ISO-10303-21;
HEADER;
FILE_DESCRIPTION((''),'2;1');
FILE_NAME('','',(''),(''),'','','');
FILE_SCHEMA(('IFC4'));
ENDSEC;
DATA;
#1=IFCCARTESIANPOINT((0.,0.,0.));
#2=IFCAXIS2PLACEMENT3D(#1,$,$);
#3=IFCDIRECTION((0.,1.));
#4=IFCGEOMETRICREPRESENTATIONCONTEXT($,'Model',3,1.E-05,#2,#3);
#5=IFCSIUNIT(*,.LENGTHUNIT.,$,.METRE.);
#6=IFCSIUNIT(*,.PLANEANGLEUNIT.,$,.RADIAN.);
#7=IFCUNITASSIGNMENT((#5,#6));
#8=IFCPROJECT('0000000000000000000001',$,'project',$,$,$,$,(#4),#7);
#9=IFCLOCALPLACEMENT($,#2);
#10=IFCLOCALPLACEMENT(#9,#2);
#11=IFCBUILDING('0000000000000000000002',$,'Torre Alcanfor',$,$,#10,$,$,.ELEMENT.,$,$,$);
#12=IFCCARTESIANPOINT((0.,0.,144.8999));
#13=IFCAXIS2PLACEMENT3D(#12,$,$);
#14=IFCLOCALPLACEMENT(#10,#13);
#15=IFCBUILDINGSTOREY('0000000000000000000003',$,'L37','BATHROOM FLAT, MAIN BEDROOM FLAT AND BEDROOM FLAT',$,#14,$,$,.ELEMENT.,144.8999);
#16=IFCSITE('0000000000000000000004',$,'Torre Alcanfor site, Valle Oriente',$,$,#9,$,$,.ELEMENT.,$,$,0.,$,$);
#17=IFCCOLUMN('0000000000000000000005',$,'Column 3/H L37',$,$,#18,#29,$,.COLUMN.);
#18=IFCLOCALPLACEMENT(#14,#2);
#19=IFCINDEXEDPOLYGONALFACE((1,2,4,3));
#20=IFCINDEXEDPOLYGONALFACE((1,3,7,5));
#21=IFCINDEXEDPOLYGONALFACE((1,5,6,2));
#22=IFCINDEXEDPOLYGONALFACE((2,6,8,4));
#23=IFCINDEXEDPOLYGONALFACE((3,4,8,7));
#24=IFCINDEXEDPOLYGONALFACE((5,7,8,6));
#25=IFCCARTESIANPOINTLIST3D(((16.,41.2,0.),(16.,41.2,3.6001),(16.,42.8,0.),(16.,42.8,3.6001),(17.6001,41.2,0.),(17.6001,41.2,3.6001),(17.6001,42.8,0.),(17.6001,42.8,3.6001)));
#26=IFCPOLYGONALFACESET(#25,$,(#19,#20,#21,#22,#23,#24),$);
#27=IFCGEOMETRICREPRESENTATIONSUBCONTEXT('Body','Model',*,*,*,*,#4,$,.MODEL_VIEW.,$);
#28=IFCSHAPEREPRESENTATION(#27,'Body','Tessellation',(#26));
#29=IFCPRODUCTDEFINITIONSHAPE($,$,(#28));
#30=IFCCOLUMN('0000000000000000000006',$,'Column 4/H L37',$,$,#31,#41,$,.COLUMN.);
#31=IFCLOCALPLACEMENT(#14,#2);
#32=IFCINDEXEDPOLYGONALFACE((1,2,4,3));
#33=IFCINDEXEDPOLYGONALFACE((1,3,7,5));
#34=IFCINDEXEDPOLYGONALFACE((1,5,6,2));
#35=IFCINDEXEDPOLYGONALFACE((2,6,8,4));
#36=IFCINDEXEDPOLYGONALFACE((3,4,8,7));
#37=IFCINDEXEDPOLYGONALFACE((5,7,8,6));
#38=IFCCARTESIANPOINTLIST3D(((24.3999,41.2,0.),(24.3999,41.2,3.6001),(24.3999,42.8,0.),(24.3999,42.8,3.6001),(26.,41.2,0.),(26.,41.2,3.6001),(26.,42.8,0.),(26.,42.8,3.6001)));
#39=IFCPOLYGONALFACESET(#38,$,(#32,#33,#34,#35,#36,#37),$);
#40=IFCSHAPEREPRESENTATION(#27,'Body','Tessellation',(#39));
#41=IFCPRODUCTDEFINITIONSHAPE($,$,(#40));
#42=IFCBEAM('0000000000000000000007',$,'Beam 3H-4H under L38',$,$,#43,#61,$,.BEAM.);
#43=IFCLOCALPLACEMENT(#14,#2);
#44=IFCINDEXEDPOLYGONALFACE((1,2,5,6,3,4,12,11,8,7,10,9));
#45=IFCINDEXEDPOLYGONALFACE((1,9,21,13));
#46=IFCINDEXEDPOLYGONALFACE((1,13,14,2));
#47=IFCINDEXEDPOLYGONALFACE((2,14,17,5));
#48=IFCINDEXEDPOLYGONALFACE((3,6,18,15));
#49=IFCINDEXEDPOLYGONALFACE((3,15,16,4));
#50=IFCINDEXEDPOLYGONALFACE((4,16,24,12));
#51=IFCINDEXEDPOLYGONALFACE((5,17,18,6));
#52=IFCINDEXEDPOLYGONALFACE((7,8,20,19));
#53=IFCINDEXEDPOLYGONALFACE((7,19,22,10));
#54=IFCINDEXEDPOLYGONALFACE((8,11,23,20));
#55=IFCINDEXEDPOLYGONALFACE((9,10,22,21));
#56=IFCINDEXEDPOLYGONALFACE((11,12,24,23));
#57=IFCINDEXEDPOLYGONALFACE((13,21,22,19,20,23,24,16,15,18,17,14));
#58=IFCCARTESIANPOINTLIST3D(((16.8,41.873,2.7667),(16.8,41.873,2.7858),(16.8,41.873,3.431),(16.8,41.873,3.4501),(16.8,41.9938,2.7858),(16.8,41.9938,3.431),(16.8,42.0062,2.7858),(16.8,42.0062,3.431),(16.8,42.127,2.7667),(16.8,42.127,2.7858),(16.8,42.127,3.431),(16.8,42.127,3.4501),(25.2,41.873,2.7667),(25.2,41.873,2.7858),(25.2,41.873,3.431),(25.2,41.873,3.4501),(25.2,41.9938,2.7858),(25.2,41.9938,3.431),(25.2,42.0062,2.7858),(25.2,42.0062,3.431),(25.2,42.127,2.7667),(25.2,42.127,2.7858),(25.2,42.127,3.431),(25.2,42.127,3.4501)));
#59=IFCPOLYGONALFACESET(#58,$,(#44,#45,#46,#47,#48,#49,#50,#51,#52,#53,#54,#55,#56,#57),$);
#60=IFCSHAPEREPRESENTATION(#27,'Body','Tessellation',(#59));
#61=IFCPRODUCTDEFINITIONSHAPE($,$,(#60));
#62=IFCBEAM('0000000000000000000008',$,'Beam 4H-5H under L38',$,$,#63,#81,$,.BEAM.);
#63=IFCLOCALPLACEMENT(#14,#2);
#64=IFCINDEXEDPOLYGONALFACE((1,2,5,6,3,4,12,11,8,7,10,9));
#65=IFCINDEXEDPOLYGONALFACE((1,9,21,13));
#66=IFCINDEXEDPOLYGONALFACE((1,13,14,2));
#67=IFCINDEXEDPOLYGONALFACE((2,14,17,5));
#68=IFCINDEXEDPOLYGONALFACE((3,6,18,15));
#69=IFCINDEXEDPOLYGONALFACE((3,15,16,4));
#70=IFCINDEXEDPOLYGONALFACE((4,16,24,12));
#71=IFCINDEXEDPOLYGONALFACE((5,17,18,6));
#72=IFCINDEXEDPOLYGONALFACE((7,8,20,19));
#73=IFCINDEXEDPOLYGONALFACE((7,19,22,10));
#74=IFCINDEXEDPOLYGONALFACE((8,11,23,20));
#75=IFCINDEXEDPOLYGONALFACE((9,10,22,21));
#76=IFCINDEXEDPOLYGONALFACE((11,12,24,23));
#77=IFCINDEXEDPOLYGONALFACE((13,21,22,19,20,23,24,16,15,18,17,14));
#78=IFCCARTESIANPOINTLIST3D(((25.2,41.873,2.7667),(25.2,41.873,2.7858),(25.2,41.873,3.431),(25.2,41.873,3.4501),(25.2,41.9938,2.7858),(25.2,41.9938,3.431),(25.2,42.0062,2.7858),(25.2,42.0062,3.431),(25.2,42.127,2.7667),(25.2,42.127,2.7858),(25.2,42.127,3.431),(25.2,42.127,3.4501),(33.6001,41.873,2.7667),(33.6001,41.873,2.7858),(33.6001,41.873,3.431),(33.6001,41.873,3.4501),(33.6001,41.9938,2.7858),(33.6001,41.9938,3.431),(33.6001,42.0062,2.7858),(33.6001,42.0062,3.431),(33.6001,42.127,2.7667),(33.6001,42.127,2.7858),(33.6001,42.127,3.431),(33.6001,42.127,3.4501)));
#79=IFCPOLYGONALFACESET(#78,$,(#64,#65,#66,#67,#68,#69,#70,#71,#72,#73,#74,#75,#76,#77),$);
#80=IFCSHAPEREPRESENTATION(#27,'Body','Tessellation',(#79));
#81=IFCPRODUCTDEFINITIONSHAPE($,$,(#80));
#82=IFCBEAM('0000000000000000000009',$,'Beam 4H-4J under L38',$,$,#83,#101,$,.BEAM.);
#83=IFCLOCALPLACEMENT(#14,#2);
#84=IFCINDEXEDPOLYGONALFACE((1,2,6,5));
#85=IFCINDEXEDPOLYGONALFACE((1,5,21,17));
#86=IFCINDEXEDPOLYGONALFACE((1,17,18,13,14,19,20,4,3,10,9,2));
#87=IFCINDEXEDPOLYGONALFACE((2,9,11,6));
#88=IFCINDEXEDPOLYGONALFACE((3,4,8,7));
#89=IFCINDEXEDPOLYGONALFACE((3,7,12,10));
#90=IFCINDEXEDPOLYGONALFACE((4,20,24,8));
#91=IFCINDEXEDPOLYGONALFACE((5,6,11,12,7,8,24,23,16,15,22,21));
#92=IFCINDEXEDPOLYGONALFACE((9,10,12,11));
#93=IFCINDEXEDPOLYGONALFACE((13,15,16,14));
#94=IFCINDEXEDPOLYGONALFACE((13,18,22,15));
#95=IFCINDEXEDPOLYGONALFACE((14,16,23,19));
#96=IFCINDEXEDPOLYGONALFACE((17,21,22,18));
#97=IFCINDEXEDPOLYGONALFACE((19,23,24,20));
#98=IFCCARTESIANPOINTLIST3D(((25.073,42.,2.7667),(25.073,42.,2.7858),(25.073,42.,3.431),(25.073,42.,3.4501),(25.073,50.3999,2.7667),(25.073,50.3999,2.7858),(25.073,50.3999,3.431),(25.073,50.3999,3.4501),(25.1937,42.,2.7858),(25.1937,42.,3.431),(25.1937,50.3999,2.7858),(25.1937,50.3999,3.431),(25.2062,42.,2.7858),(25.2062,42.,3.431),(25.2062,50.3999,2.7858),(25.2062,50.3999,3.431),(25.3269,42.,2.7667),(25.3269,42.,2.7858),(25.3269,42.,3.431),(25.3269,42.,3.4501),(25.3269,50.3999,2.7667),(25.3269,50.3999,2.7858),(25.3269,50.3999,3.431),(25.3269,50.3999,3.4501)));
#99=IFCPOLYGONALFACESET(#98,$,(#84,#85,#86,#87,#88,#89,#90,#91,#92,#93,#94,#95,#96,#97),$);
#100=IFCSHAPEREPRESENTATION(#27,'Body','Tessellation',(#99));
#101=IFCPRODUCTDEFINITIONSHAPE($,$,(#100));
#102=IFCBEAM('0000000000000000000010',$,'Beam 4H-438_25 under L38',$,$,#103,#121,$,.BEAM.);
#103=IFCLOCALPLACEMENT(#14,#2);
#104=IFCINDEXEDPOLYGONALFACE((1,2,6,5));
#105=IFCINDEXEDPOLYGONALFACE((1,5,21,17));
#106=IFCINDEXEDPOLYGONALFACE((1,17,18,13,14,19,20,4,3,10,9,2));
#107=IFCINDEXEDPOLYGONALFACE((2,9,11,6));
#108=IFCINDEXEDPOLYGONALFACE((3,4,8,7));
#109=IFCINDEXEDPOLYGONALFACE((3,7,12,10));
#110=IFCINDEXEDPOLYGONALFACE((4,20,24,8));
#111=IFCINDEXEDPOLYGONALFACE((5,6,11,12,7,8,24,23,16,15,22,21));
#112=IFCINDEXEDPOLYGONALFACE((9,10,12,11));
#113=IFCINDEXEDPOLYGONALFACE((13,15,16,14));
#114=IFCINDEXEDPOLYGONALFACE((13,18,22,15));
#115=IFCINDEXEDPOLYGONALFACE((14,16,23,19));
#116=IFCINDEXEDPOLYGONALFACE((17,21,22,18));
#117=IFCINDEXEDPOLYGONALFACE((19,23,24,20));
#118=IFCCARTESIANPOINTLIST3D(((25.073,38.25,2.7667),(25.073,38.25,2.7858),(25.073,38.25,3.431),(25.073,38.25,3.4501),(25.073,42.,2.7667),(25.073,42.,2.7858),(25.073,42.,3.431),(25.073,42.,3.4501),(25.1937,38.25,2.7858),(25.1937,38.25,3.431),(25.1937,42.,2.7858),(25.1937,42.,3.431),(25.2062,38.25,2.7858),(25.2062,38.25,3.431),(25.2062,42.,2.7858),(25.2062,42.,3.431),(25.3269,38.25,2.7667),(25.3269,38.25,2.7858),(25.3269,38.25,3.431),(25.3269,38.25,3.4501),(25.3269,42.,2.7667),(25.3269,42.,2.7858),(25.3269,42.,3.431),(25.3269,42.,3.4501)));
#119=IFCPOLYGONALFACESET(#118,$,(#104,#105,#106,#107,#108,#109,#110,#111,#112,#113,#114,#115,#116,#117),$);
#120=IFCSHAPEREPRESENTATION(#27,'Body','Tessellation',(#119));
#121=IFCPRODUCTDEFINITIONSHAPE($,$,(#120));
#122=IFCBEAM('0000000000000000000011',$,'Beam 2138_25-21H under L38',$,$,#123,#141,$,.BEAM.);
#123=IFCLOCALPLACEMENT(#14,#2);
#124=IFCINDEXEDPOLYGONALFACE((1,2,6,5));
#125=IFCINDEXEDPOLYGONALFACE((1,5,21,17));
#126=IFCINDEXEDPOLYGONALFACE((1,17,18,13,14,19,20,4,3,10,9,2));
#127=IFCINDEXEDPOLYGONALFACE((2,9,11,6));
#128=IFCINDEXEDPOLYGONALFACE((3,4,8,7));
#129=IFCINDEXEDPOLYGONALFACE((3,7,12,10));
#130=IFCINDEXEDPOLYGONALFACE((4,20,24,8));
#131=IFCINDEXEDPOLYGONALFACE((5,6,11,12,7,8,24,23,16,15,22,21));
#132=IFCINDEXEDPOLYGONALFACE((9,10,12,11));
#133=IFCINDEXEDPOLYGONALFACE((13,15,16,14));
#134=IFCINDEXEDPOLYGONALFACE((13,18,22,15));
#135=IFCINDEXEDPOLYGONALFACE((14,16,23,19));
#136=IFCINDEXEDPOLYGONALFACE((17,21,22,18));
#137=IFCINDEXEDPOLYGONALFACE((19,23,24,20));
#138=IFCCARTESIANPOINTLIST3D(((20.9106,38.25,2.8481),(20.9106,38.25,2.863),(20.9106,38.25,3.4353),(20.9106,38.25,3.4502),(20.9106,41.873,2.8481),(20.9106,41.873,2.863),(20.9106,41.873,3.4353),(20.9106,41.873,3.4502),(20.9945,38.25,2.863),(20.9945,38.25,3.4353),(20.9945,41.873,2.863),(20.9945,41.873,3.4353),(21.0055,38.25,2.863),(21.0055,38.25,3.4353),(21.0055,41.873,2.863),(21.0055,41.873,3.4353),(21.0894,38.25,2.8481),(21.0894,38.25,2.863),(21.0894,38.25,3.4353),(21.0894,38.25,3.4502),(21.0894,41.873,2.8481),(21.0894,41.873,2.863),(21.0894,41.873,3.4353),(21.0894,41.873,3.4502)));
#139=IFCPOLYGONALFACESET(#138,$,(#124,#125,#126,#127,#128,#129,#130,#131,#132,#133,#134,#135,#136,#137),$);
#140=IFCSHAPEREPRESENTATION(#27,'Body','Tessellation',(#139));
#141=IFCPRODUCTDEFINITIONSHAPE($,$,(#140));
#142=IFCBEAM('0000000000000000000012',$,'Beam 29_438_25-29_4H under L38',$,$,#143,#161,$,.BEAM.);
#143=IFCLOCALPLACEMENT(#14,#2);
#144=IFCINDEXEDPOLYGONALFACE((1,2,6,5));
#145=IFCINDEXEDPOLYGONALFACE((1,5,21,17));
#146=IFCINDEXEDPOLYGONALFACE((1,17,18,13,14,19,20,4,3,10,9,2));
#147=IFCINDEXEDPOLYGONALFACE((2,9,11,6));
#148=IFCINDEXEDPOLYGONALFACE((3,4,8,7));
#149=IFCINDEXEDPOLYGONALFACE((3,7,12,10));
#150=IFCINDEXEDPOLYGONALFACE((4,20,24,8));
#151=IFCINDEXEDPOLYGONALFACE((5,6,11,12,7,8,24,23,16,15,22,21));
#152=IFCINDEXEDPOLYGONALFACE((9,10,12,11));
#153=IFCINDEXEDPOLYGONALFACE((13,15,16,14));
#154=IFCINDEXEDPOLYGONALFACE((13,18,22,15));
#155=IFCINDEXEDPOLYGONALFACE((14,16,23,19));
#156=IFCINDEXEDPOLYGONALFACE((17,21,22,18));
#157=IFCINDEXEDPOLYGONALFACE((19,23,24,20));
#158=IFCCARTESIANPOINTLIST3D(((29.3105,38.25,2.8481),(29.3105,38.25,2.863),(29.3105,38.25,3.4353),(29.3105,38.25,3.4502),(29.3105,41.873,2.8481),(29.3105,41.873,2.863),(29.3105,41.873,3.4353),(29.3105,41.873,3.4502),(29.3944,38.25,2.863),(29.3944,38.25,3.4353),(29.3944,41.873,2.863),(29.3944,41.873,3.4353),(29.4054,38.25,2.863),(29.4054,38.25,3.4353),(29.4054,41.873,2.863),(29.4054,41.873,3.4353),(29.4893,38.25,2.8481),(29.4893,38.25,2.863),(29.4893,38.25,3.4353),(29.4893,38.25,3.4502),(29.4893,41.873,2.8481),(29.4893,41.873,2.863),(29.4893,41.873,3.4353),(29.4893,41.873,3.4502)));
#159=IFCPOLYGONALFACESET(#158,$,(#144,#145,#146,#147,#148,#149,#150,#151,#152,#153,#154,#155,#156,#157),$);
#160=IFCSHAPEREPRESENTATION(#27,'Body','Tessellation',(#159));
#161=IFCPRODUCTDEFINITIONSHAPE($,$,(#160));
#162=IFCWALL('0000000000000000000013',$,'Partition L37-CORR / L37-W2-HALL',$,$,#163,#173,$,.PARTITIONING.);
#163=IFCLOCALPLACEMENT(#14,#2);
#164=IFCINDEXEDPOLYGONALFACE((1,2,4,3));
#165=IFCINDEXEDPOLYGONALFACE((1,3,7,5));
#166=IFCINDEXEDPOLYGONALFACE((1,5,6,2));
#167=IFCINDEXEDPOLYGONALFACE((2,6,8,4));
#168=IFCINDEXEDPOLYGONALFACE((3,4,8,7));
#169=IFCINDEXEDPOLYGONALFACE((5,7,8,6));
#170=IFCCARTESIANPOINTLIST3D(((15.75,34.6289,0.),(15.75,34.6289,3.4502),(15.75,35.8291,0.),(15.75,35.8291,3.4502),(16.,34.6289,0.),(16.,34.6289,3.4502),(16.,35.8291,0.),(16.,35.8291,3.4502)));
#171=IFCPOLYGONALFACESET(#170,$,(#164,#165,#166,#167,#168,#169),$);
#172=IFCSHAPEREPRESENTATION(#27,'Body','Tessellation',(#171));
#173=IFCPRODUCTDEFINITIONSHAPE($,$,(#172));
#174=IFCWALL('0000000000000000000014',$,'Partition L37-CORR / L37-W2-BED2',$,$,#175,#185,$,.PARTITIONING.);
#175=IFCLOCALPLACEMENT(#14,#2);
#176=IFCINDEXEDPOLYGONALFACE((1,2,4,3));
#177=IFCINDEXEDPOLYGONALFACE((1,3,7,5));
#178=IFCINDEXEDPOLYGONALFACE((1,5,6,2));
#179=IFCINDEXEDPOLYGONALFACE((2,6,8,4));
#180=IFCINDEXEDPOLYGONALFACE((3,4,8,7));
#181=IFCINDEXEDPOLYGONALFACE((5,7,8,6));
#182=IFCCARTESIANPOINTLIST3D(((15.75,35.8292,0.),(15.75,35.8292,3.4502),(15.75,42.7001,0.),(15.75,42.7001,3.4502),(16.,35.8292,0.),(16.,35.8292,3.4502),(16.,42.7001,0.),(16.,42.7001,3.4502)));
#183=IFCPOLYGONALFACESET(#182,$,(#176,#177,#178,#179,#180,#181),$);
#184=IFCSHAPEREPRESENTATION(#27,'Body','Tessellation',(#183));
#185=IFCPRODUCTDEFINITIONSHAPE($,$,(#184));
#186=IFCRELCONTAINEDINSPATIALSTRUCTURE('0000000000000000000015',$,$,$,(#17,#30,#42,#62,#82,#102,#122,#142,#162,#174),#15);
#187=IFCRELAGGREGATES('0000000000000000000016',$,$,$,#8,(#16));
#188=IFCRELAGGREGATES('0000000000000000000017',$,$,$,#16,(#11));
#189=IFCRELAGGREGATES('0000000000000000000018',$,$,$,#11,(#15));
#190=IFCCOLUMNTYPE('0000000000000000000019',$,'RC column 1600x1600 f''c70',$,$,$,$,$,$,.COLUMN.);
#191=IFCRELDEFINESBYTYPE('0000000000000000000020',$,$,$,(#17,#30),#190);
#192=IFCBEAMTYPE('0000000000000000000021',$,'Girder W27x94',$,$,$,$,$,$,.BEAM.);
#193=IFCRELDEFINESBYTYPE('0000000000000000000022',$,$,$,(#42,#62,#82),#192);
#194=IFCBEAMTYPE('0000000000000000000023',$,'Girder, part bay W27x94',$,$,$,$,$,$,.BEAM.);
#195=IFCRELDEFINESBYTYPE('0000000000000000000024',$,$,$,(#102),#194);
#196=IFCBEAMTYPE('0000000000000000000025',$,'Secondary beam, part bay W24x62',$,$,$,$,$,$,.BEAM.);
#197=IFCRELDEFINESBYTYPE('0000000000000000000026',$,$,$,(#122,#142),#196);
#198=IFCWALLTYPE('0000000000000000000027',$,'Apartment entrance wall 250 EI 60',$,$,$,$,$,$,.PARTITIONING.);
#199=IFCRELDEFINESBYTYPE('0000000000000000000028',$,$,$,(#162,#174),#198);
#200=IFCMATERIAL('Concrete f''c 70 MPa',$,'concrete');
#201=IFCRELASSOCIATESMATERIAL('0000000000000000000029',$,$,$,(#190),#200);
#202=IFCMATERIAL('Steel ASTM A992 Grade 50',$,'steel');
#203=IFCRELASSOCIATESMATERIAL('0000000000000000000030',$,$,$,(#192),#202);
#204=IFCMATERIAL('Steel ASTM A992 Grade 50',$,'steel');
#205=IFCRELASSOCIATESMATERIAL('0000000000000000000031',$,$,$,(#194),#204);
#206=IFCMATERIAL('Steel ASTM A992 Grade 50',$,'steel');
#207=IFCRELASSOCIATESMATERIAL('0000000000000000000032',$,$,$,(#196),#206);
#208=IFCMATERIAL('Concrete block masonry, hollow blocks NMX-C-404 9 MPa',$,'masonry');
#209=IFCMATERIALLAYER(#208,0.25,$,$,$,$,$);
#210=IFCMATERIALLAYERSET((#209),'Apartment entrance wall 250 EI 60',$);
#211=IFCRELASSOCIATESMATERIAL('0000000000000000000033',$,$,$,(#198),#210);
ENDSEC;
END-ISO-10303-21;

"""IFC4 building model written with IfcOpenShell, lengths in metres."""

from ifc_helpers import new_model, si_unit, direction, frame, frame_2d, origin, origin_2d, place, context, subcontext, project, spatial, rectangle, i_section, extrude, material, layer, layer_set, material_profile, profile_set, type_object, element, save


model = new_model("IFC4")

# Units and contexts
model_context = context("Model", 3, precision=1e-05, world=origin(), true_north=direction((0.0, 1.0)))
body_context = subcontext(model_context, "Body", "Model", "MODEL_VIEW")
ifc_project = project(units=[si_unit("LENGTHUNIT", "METRE"), si_unit("PLANEANGLEUNIT", "RADIAN")], contexts=[model_context])

# Site, building, storey
site_placement = place(None, origin())
site = spatial("IfcSite", under=ifc_project, at=site_placement, Name="Torre Alcanfor site, Valle Oriente", CompositionType="ELEMENT", RefElevation=0.0)
building_placement = place(site_placement, origin())
building = spatial("IfcBuilding", under=site, at=building_placement, Name="Torre Alcanfor", CompositionType="ELEMENT")
storey_placement = place(building_placement, frame((0.0, 0.0, 144.8999)))
storey = spatial("IfcBuildingStorey", under=building, at=storey_placement, Name="L37", Description="BATHROOM FLAT, MAIN BEDROOM FLAT AND BEDROOM FLAT", CompositionType="ELEMENT", Elevation=144.8999)

# Columns
ifc_material_1 = material(Name="Concrete f'c 70 MPa", Category="concrete")
ifc_material_profile_1 = material_profile(ifc_material_1, rectangle(XDim=1.6001, YDim=1.6001, at=origin_2d()), Name="1600x1600")
ifc_profile_set_1 = profile_set([ifc_material_profile_1], Name="Concrete f'c 70 MPa")
column_type = type_object("IfcColumnType", Name="RC column 1600x1600 f'c70", PredefinedType="COLUMN", material=ifc_profile_set_1)
for number, where, z_axis, x_axis, name in (
    (1, (16.8, 42.0, 0.0), (0.0, 0.0, 1.0), (1.0, 0.0, 0.0), "Column 3/H L37"),
    (2, (25.2, 42.0, 0.0), (0.0, 0.0, 1.0), (1.0, 0.0, 0.0), "Column 4/H L37"),
):
    element("IfcColumn", number, at=place(storey_placement, frame(where, z_axis=z_axis, x_axis=x_axis)), inside=storey, type_object=column_type, Name=name, PredefinedType="COLUMN", context=body_context, shape_type="SweptSolid", body=[
        extrude(rectangle(XDim=1.6001, YDim=1.6001, at=origin_2d()), origin(), (0.0, 0.0, 1.0), 3.6001),
    ])

# Beams
ifc_material_2 = material(Name="Steel ASTM A992 Grade 50", Category="steel")
ifc_material_profile_2 = material_profile(ifc_material_2, i_section(OverallWidth=0.2539, OverallDepth=0.6833, WebThickness=0.0125, FlangeThickness=0.019, at=origin_2d()), Name="W27x94")
ifc_profile_set_2 = profile_set([ifc_material_profile_2], Name="Steel ASTM A992 Grade 50")
beam_type_1 = type_object("IfcBeamType", Name="Girder W27x94", PredefinedType="BEAM", material=ifc_profile_set_2)
beam_1_placement = place(storey_placement, frame((16.8, 42.0, 3.1084), z_axis=(1.0, 0.0, 0.0), x_axis=(0.0, 1.0, 0.0)))
element("IfcBeam", 3, at=beam_1_placement, inside=storey, type_object=beam_type_1, Name="Beam 3H-4H under L38", PredefinedType="BEAM", context=body_context, shape_type="SweptSolid", body=[
    extrude(i_section(OverallWidth=0.2539, OverallDepth=0.6833, WebThickness=0.0125, FlangeThickness=0.019, at=origin_2d()), origin(), (0.0, 0.0, 1.0), 8.3999),
])
beam_2_placement = place(storey_placement, frame((25.2, 42.0, 3.1084), z_axis=(1.0, 0.0, 0.0), x_axis=(0.0, 1.0, 0.0)))
element("IfcBeam", 4, at=beam_2_placement, inside=storey, type_object=beam_type_1, Name="Beam 4H-5H under L38", PredefinedType="BEAM", context=body_context, shape_type="SweptSolid", body=[
    extrude(i_section(OverallWidth=0.2539, OverallDepth=0.6833, WebThickness=0.0125, FlangeThickness=0.019, at=origin_2d()), origin(), (0.0, 0.0, 1.0), 8.4001),
])
beam_3_placement = place(storey_placement, frame((25.2, 42.0, 3.1084), z_axis=(0.0, 1.0, 0.0), x_axis=(-1.0, 0.0, 0.0)))
element("IfcBeam", 5, at=beam_3_placement, inside=storey, type_object=beam_type_1, Name="Beam 4H-4J under L38", PredefinedType="BEAM", context=body_context, shape_type="SweptSolid", body=[
    extrude(i_section(OverallWidth=0.2539, OverallDepth=0.6833, WebThickness=0.0125, FlangeThickness=0.019, at=origin_2d()), origin(), (0.0, 0.0, 1.0), 8.3999),
])
ifc_material_3 = material(Name="Steel ASTM A992 Grade 50", Category="steel")
ifc_material_profile_3 = material_profile(ifc_material_3, i_section(OverallWidth=0.2539, OverallDepth=0.6833, WebThickness=0.0125, FlangeThickness=0.019, at=origin_2d()), Name="W27x94")
ifc_profile_set_3 = profile_set([ifc_material_profile_3], Name="Steel ASTM A992 Grade 50")
beam_type_2 = type_object("IfcBeamType", Name="Girder, part bay W27x94", PredefinedType="BEAM", material=ifc_profile_set_3)
beam_4_placement = place(storey_placement, frame((25.2, 42.0, 3.1084), z_axis=(0.0, -1.0, 0.0), x_axis=(1.0, 0.0, 0.0)))
element("IfcBeam", 6, at=beam_4_placement, inside=storey, type_object=beam_type_2, Name="Beam 4H-438_25 under L38", PredefinedType="BEAM", context=body_context, shape_type="SweptSolid", body=[
    extrude(i_section(OverallWidth=0.2539, OverallDepth=0.6833, WebThickness=0.0125, FlangeThickness=0.019, at=origin_2d()), origin(), (0.0, 0.0, 1.0), 3.75),
])
ifc_material_4 = material(Name="Steel ASTM A992 Grade 50", Category="steel")
ifc_material_profile_4 = material_profile(ifc_material_4, i_section(OverallWidth=0.1787, OverallDepth=0.6021, WebThickness=0.011, FlangeThickness=0.0149, at=origin_2d()), Name="W24x62")
ifc_profile_set_4 = profile_set([ifc_material_profile_4], Name="Steel ASTM A992 Grade 50")
beam_type_3 = type_object("IfcBeamType", Name="Secondary beam, part bay W24x62", PredefinedType="BEAM", material=ifc_profile_set_4)
for number, where, z_axis, x_axis, name in (
    (7, (21.0, 38.25, 3.1492), (0.0, 1.0, 0.0), (-1.0, 0.0, 0.0), "Beam 2138_25-21H under L38"),
    (8, (29.3999, 38.25, 3.1492), (0.0, 1.0, 0.0), (-1.0, 0.0, 0.0), "Beam 29_438_25-29_4H under L38"),
):
    element("IfcBeam", number, at=place(storey_placement, frame(where, z_axis=z_axis, x_axis=x_axis)), inside=storey, type_object=beam_type_3, Name=name, PredefinedType="BEAM", context=body_context, shape_type="SweptSolid", body=[
        extrude(i_section(OverallWidth=0.1787, OverallDepth=0.6021, WebThickness=0.011, FlangeThickness=0.0149, at=origin_2d()), origin(), (0.0, 0.0, 1.0), 3.623),
    ])

# Walls
ifc_material_5 = material(Name="Concrete block masonry, hollow blocks NMX-C-404 9 MPa", Category="masonry")
ifc_layer_1 = layer(ifc_material_5, 0.25)
ifc_layer_set_1 = layer_set([ifc_layer_1], Name="Apartment entrance wall 250 EI 60")
wall_type_1 = type_object("IfcWallType", Name="Apartment entrance wall 250 EI 60", PredefinedType="PARTITIONING", material=ifc_layer_set_1)
wall_1_placement = place(storey_placement, frame((15.875, 34.6289, 0.0), z_axis=(0.0, 0.0, 1.0), x_axis=(0.0, 1.0, 0.0)))
element("IfcWall", 9, at=wall_1_placement, inside=storey, type_object=wall_type_1, Name="Partition L37-CORR / L37-W2-HALL", PredefinedType="PARTITIONING", context=body_context, shape_type="SweptSolid", body=[
    extrude(rectangle(XDim=1.2002, YDim=0.25, at=frame_2d((0.6001, 0.0))), origin(), (0.0, 0.0, 1.0), 3.4502),
])
wall_2_placement = place(storey_placement, frame((15.875, 35.8291, 0.0), z_axis=(0.0, 0.0, 1.0), x_axis=(0.0, 1.0, 0.0)))
element("IfcWall", 10, at=wall_2_placement, inside=storey, type_object=wall_type_1, Name="Partition L37-CORR / L37-W2-BED2", PredefinedType="PARTITIONING", context=body_context, shape_type="SweptSolid", body=[
    extrude(rectangle(XDim=6.8708, YDim=0.25, at=frame_2d((3.4355, 0.0))), origin(), (0.0, 0.0, 1.0), 3.4502),
])

save(model, "model.ifc")
